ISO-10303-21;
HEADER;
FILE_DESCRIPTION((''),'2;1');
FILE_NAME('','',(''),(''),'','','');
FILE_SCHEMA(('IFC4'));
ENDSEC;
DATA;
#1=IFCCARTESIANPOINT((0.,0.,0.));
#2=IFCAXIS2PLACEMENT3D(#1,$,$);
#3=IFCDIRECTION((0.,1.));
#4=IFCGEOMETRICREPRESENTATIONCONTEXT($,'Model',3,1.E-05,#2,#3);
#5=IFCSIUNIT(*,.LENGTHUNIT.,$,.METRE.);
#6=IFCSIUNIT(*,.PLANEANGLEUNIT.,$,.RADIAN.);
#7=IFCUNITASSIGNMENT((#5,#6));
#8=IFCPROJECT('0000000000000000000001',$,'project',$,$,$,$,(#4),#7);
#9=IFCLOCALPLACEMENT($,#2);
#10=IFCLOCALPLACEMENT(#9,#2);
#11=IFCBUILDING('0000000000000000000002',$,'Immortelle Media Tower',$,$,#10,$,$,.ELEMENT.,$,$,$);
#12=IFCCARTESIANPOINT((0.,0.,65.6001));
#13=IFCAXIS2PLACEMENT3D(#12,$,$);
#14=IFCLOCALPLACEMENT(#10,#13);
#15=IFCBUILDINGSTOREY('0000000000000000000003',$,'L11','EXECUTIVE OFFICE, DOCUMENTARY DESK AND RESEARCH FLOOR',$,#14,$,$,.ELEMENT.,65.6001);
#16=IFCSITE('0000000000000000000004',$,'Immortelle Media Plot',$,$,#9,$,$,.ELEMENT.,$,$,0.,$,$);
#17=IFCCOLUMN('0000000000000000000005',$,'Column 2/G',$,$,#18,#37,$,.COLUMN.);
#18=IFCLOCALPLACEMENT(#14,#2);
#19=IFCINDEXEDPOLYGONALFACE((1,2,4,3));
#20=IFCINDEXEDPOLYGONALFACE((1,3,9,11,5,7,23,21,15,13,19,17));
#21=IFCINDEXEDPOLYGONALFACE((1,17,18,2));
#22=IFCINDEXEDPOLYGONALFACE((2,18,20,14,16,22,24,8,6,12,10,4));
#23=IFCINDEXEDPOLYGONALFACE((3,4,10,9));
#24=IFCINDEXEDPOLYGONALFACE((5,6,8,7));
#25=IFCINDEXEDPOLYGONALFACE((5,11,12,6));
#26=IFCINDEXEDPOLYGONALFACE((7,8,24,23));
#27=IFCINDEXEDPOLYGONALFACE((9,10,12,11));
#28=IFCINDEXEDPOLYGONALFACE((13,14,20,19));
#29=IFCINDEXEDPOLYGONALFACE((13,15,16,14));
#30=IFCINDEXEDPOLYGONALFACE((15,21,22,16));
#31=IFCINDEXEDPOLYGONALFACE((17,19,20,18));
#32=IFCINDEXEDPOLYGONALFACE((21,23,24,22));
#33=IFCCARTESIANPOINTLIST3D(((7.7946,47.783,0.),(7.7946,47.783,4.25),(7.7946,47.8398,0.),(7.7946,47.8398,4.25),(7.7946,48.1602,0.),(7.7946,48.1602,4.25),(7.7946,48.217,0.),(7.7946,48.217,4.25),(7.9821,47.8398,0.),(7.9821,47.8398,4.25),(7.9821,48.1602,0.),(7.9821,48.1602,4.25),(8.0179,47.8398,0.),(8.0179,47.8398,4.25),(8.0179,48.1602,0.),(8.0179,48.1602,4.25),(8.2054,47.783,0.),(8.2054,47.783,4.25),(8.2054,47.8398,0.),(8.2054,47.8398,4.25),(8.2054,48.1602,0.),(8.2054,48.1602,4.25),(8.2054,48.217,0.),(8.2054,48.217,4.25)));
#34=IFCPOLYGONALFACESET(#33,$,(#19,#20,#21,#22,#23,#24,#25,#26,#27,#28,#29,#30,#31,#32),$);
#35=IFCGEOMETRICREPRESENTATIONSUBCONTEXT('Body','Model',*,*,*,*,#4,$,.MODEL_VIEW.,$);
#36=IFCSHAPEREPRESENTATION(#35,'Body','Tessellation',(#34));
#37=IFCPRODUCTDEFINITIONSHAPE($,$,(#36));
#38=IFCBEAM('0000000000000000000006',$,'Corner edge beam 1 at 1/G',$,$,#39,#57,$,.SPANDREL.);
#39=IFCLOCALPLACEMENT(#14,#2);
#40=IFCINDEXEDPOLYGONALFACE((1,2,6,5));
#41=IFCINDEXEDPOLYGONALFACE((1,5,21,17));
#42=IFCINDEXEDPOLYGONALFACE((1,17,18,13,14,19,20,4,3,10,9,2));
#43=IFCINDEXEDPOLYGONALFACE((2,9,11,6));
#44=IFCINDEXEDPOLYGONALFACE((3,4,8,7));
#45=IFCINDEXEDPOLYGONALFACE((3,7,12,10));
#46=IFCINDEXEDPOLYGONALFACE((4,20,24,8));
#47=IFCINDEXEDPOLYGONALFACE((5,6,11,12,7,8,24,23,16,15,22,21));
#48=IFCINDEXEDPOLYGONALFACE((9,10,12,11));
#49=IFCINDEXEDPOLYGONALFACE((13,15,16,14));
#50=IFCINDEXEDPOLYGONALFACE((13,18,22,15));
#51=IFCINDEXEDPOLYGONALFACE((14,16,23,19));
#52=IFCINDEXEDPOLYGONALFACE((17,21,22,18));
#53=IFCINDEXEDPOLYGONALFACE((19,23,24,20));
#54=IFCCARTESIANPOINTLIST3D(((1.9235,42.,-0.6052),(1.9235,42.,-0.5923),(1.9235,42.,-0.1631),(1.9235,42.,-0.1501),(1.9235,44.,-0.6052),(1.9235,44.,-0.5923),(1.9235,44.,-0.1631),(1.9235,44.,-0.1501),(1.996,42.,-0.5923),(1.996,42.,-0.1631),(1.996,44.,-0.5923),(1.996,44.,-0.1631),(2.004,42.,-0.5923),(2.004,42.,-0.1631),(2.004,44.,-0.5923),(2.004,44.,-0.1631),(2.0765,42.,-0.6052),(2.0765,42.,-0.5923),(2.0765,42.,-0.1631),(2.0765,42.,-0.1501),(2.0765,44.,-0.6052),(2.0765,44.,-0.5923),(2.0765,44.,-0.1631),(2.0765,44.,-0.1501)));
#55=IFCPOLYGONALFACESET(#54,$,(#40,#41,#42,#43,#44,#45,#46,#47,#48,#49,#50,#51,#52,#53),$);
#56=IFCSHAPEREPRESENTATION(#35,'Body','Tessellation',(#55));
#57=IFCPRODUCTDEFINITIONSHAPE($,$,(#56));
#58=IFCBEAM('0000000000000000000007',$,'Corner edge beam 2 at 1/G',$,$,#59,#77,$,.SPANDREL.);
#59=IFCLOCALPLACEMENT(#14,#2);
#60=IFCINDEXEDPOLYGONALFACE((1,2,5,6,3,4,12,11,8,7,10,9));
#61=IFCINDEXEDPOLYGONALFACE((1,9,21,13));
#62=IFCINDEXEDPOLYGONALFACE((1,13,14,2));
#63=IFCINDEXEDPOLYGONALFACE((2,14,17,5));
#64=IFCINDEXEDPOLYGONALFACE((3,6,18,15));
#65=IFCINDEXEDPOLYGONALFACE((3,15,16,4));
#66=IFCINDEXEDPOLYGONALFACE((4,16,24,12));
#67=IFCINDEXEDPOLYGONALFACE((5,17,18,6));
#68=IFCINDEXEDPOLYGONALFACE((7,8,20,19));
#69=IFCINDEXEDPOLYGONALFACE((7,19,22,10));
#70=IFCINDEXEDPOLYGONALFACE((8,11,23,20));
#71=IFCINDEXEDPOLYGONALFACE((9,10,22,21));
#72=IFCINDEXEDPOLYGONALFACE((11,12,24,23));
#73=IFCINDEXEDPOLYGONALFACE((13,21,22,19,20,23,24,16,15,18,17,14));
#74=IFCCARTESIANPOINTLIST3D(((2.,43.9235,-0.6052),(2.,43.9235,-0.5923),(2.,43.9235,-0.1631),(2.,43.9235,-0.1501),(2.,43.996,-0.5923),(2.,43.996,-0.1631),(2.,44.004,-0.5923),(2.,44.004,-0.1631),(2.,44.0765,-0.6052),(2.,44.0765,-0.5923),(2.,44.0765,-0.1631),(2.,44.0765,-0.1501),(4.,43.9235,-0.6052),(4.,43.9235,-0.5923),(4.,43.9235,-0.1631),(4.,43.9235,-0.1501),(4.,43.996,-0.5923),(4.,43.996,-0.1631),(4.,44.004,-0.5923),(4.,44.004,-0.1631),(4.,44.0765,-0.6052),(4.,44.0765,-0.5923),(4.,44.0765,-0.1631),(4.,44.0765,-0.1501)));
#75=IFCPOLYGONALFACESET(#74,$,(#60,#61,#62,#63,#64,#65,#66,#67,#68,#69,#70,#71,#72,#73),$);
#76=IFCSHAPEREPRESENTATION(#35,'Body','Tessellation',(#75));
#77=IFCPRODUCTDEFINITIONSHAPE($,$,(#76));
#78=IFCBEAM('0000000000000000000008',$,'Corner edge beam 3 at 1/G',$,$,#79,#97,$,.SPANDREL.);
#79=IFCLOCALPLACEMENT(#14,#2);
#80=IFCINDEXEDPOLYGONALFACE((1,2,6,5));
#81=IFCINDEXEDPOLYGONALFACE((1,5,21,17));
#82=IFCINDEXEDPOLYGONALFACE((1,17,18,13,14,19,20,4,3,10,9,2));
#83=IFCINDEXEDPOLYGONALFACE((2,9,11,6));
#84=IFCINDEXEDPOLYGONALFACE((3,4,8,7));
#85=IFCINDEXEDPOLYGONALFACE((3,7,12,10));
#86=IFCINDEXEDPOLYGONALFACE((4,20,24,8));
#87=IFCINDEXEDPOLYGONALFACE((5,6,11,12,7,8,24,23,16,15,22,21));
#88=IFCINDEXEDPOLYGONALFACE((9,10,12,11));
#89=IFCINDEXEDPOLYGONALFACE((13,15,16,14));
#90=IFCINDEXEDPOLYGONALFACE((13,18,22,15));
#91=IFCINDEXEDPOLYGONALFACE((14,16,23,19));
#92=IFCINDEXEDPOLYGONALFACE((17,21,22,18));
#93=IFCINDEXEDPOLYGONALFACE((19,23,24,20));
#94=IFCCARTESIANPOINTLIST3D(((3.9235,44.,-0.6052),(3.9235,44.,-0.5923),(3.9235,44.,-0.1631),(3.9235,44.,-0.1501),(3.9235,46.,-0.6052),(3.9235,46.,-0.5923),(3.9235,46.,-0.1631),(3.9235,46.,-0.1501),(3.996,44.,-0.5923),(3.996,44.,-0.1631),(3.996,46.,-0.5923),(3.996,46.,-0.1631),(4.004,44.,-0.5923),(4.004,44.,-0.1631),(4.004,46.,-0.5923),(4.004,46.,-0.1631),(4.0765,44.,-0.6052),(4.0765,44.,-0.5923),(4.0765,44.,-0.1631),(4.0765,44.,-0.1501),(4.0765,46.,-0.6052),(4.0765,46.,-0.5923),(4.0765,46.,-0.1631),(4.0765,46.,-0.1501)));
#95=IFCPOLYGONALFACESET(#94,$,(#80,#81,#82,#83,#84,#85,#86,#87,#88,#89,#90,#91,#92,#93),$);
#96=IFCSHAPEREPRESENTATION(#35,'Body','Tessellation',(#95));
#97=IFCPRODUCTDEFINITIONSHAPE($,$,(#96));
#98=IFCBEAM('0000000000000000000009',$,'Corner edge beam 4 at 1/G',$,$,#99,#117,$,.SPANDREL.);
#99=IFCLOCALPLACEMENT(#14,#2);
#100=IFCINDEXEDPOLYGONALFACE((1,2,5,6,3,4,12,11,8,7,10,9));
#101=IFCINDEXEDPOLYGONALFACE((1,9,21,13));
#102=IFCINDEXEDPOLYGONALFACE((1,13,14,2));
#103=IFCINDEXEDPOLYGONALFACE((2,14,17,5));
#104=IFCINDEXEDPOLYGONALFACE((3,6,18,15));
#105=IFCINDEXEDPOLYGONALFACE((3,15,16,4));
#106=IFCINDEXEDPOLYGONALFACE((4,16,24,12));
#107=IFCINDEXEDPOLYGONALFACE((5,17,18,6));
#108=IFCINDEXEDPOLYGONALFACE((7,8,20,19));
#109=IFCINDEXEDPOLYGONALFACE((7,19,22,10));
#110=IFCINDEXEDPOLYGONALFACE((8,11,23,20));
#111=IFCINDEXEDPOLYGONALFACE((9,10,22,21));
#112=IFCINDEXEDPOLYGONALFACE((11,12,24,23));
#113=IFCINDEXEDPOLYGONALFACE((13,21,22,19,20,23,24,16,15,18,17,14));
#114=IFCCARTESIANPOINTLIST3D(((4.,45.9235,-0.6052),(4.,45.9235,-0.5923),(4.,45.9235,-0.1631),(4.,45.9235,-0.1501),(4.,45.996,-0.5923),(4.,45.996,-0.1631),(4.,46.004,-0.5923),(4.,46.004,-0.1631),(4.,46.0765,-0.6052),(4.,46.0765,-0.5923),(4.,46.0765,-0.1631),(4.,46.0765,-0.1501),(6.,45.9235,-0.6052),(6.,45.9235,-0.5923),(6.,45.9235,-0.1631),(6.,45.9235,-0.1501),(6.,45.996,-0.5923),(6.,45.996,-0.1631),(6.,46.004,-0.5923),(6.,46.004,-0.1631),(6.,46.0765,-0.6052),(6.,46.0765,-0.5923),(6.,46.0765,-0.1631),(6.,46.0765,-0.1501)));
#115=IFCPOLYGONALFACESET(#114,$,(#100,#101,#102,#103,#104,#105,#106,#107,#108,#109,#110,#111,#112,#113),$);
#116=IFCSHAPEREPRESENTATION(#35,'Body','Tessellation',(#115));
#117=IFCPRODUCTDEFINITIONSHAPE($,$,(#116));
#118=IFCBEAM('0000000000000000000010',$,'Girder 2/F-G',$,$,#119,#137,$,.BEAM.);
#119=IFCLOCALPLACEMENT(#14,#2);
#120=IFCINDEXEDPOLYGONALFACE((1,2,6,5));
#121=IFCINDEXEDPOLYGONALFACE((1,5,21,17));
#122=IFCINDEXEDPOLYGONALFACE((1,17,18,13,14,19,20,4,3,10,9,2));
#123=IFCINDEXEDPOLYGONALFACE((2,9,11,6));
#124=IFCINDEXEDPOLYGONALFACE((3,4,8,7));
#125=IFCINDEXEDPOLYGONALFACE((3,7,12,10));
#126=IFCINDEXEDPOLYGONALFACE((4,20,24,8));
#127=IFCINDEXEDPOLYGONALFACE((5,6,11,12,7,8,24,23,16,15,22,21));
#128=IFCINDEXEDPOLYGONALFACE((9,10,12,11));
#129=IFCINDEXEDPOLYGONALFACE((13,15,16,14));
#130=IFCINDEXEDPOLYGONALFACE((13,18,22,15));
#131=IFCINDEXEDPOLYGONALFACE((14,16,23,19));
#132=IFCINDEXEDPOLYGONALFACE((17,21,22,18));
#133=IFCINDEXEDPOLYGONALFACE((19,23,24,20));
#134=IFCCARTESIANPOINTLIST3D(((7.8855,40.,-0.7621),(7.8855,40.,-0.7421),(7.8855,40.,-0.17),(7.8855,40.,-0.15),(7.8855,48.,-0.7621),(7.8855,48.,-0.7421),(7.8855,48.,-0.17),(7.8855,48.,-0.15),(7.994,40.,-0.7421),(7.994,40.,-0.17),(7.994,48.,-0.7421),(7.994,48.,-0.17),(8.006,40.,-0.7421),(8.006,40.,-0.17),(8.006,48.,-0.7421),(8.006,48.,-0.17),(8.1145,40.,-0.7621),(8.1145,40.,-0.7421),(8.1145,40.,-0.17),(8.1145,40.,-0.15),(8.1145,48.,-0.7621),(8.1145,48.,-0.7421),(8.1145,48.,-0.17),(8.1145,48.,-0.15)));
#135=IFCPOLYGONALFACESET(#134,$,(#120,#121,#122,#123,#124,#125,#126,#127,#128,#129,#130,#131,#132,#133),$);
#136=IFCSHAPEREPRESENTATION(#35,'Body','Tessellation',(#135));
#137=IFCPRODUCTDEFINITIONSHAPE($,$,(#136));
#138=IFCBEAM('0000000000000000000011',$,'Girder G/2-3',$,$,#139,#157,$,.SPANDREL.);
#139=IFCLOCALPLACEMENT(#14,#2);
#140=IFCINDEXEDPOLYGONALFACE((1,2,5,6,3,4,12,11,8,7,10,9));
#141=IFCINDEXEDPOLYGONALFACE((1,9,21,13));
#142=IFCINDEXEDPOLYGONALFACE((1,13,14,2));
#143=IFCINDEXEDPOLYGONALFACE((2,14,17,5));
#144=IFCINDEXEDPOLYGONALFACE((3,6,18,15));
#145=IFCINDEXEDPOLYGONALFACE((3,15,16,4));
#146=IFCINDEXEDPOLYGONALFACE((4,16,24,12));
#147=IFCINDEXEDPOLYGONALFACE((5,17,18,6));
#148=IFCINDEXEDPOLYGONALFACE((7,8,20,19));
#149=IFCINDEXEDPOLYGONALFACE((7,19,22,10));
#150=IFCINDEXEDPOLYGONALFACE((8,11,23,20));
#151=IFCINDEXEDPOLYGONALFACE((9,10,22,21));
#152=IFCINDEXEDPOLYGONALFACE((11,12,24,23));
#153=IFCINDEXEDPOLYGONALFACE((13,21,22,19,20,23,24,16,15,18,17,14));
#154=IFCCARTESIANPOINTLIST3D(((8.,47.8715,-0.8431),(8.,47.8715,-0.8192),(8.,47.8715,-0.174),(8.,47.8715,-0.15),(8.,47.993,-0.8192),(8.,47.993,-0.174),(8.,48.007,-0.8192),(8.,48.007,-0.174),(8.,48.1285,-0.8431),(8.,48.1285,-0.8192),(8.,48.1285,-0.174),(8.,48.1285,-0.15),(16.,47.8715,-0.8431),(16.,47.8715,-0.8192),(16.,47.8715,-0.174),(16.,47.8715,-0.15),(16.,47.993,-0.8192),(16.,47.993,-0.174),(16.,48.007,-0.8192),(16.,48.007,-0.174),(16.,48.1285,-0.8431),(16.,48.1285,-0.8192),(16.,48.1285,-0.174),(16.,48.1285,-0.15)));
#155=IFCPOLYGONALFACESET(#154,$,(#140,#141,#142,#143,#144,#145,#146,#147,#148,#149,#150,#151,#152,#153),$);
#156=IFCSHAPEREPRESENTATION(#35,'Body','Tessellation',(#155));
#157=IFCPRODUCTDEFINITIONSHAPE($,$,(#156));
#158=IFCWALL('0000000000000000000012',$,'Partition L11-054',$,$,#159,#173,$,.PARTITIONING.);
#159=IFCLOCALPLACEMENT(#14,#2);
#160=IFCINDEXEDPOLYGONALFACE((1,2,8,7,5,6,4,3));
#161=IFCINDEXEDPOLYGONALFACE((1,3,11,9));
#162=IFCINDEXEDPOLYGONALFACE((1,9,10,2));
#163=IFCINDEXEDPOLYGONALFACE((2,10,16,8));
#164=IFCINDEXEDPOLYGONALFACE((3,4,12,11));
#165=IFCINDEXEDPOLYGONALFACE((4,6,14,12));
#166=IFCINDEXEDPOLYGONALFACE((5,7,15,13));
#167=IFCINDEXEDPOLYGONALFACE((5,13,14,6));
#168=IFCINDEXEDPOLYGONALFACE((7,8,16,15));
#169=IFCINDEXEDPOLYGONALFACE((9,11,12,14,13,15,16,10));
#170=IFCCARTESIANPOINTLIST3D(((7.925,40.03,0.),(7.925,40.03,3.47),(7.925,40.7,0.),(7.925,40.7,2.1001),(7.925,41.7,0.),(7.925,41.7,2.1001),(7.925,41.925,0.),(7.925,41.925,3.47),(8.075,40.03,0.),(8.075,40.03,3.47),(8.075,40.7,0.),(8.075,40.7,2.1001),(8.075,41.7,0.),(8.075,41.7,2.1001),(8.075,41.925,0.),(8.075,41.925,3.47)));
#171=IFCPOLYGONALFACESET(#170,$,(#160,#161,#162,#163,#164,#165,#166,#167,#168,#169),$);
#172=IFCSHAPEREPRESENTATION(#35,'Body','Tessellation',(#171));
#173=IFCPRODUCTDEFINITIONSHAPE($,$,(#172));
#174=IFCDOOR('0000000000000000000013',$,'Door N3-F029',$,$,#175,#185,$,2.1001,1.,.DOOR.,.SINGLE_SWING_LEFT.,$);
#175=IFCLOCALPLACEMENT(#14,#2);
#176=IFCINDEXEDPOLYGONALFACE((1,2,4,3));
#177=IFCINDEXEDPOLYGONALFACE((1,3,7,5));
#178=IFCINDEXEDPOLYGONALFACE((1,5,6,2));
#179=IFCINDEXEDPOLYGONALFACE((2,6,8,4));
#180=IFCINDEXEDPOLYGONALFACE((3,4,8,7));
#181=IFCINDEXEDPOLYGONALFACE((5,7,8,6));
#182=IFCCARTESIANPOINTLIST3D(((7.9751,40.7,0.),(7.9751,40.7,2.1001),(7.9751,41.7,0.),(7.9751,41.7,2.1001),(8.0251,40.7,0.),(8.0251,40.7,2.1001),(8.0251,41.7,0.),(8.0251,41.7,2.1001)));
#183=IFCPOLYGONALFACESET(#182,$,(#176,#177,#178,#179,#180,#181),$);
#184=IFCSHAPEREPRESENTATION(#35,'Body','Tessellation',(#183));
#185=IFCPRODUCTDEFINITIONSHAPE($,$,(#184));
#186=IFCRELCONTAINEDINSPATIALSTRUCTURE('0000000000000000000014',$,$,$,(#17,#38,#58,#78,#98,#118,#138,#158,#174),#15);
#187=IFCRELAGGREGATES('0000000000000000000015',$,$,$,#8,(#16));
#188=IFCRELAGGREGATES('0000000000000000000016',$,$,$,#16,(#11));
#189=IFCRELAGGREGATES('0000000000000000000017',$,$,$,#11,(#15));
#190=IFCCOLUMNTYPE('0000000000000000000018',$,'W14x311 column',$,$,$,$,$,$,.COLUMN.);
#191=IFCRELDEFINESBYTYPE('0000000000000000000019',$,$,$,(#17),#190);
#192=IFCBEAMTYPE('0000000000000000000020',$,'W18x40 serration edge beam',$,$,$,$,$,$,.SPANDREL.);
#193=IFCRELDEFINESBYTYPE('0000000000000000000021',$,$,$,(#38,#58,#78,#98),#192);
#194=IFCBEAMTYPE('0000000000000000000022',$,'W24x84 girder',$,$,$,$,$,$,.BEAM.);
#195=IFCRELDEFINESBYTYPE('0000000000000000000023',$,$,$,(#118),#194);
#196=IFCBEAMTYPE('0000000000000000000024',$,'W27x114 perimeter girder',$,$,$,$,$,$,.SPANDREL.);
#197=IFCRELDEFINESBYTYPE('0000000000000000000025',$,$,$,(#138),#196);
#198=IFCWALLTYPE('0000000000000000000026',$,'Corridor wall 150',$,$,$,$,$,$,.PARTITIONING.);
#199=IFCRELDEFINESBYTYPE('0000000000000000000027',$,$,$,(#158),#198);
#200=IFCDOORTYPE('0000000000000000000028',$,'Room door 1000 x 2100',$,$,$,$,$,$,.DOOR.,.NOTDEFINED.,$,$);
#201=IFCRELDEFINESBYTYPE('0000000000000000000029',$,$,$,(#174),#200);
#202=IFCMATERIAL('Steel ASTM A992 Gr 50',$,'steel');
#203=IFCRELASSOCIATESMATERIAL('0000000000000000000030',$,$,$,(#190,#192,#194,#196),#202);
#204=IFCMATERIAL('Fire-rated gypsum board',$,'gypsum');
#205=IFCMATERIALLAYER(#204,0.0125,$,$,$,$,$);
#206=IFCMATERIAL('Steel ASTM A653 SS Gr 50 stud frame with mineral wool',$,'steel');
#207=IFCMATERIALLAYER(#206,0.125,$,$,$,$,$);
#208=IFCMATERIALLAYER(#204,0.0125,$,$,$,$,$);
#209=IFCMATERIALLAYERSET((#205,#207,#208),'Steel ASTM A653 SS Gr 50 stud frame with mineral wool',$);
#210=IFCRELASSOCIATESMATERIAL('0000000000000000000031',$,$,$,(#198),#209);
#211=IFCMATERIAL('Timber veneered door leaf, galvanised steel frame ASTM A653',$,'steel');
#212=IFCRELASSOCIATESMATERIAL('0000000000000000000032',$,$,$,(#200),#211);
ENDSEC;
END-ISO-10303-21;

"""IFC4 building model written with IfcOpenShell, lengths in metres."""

from ifc_helpers import new_model, si_unit, direction, frame, frame_2d, origin, origin_2d, place, context, subcontext, project, spatial, rectangle, i_section, extrude, material, layer, layer_set, material_profile, profile_set, type_object, element, fill, save


model = new_model("IFC4")

# Units and contexts
model_context = context("Model", 3, precision=1e-05, world=origin(), true_north=direction((0.0, 1.0)))
body_context = subcontext(model_context, "Body", "Model", "MODEL_VIEW")
ifc_project = project(units=[si_unit("LENGTHUNIT", "METRE"), si_unit("PLANEANGLEUNIT", "RADIAN")], contexts=[model_context])

# Site, building, storey
site_placement = place(None, origin())
site = spatial("IfcSite", under=ifc_project, at=site_placement, Name="Immortelle Media Plot", CompositionType="ELEMENT", RefElevation=0.0)
building_placement = place(site_placement, origin())
building = spatial("IfcBuilding", under=site, at=building_placement, Name="Immortelle Media Tower", CompositionType="ELEMENT")
storey_placement = place(building_placement, frame((0.0, 0.0, 65.6001)))
storey = spatial("IfcBuildingStorey", under=building, at=storey_placement, Name="L11", Description="EXECUTIVE OFFICE, DOCUMENTARY DESK AND RESEARCH FLOOR", CompositionType="ELEMENT", Elevation=65.6001)

# Column
ifc_material_1 = material(Name="Steel ASTM A992 Gr 50", Category="steel")
ifc_material_profile_1 = material_profile(ifc_material_1, i_section(OverallWidth=0.4109, OverallDepth=0.4341, WebThickness=0.0359, FlangeThickness=0.0569, at=origin_2d()), Name="W14x311")
ifc_profile_set_1 = profile_set([ifc_material_profile_1], Name="Steel ASTM A992 Gr 50")
column_type = type_object("IfcColumnType", Name="W14x311 column", PredefinedType="COLUMN", material=ifc_profile_set_1)
column_placement = place(storey_placement, frame((8.0, 48.0, 0.0), z_axis=(0.0, 0.0, 1.0), x_axis=(1.0, 0.0, 0.0)))
element("IfcColumn", 1, at=column_placement, inside=storey, type_object=column_type, Name="Column 2/G", PredefinedType="COLUMN", context=body_context, shape_type="SweptSolid", body=[
    extrude(i_section(OverallWidth=0.4109, OverallDepth=0.4341, WebThickness=0.0359, FlangeThickness=0.0569, at=origin_2d()), origin(), (0.0, 0.0, 1.0), 4.25),
])

# Beams
ifc_material_profile_2 = material_profile(ifc_material_1, i_section(OverallWidth=0.1531, OverallDepth=0.4551, WebThickness=0.0081, FlangeThickness=0.0129, at=origin_2d()), Name="W18x40")
ifc_profile_set_2 = profile_set([ifc_material_profile_2], Name="Steel ASTM A992 Gr 50")
beam_type_1 = type_object("IfcBeamType", Name="W18x40 serration edge beam", PredefinedType="SPANDREL", material=ifc_profile_set_2)
for number, where, z_axis, x_axis, name in (
    (2, (2.0, 42.0, -0.3777), (0.0, 1.0, 0.0), (-1.0, 0.0, 0.0), "Corner edge beam 1 at 1/G"),
    (3, (2.0, 44.0, -0.3777), (1.0, 0.0, 0.0), (0.0, 1.0, 0.0), "Corner edge beam 2 at 1/G"),
    (4, (4.0, 44.0, -0.3777), (0.0, 1.0, 0.0), (-1.0, 0.0, 0.0), "Corner edge beam 3 at 1/G"),
    (5, (4.0, 46.0, -0.3777), (1.0, 0.0, 0.0), (0.0, 1.0, 0.0), "Corner edge beam 4 at 1/G"),
):
    element("IfcBeam", number, at=place(storey_placement, frame(where, z_axis=z_axis, x_axis=x_axis)), inside=storey, type_object=beam_type_1, Name=name, PredefinedType="SPANDREL", context=body_context, shape_type="SweptSolid", body=[
        extrude(i_section(OverallWidth=0.1531, OverallDepth=0.4551, WebThickness=0.0081, FlangeThickness=0.0129, at=origin_2d()), origin(), (0.0, 0.0, 1.0), 2.0),
    ])
ifc_material_profile_3 = material_profile(ifc_material_1, i_section(OverallWidth=0.229, OverallDepth=0.6121, WebThickness=0.012, FlangeThickness=0.02, at=origin_2d()), Name="W24x84")
ifc_profile_set_3 = profile_set([ifc_material_profile_3], Name="Steel ASTM A992 Gr 50")
beam_type_2 = type_object("IfcBeamType", Name="W24x84 girder", PredefinedType="BEAM", material=ifc_profile_set_3)
beam_1_placement = place(storey_placement, frame((8.0, 40.0, -0.4561), z_axis=(0.0, 1.0, 0.0), x_axis=(-1.0, 0.0, 0.0)))
element("IfcBeam", 6, at=beam_1_placement, inside=storey, type_object=beam_type_2, Name="Girder 2/F-G", PredefinedType="BEAM", context=body_context, shape_type="SweptSolid", body=[
    extrude(i_section(OverallWidth=0.229, OverallDepth=0.6121, WebThickness=0.012, FlangeThickness=0.02, at=origin_2d()), origin(), (0.0, 0.0, 1.0), 8.0),
])
ifc_material_profile_4 = material_profile(ifc_material_1, i_section(OverallWidth=0.2571, OverallDepth=0.6931, WebThickness=0.0139, FlangeThickness=0.0239, at=origin_2d()), Name="W27x114")
ifc_profile_set_4 = profile_set([ifc_material_profile_4], Name="Steel ASTM A992 Gr 50")
beam_type_3 = type_object("IfcBeamType", Name="W27x114 perimeter girder", PredefinedType="SPANDREL", material=ifc_profile_set_4)
beam_2_placement = place(storey_placement, frame((8.0, 48.0, -0.4966), z_axis=(1.0, 0.0, 0.0), x_axis=(0.0, 1.0, 0.0)))
element("IfcBeam", 7, at=beam_2_placement, inside=storey, type_object=beam_type_3, Name="Girder G/2-3", PredefinedType="SPANDREL", context=body_context, shape_type="SweptSolid", body=[
    extrude(i_section(OverallWidth=0.2571, OverallDepth=0.6931, WebThickness=0.0139, FlangeThickness=0.0239, at=origin_2d()), origin(), (0.0, 0.0, 1.0), 8.0),
])

# Wall, opening, door
ifc_material_2 = material(Name="Fire-rated gypsum board", Category="gypsum")
ifc_layer_1 = layer(ifc_material_2, 0.0125)
ifc_material_3 = material(Name="Steel ASTM A653 SS Gr 50 stud frame with mineral wool", Category="steel")
ifc_layer_2 = layer(ifc_material_3, 0.125)
ifc_layer_3 = layer(ifc_material_2, 0.0125)
ifc_layer_set_1 = layer_set([ifc_layer_1, ifc_layer_2, ifc_layer_3], Name="Steel ASTM A653 SS Gr 50 stud frame with mineral wool")
wall_type_1 = type_object("IfcWallType", Name="Corridor wall 150", PredefinedType="PARTITIONING", material=ifc_layer_set_1)
wall_1_placement = place(storey_placement, frame((8.0, 40.03, 0.0), z_axis=(0.0, 0.0, 1.0), x_axis=(0.0, 1.0, 0.0)))
wall_1 = element("IfcWall", 8, at=wall_1_placement, inside=storey, type_object=wall_type_1, Name="Partition L11-054", PredefinedType="PARTITIONING", context=body_context, shape_type="SweptSolid", body=[
    extrude(rectangle(XDim=1.895, YDim=0.1499, at=frame_2d((0.9475, 0.0))), origin(), (0.0, 0.0, 1.0), 3.47),
])
opening_placement = place(wall_1_placement, frame((0.6699, 0.0, 0.0)))
opening = element("IfcOpeningElement", 9, at=opening_placement, cuts=wall_1, PredefinedType="OPENING", context=body_context, shape_type="SweptSolid", body=[
    extrude(rectangle(XDim=1.0, YDim=2.1001, at=frame_2d((0.5, 1.05))), frame((0.0, 0.085, 0.0), z_axis=(0.0, -1.0, 0.0), x_axis=(1.0, 0.0, 0.0)), (0.0, 0.0, 1.0), 0.1699),
])
ifc_material_4 = material(Name="Timber veneered door leaf, galvanised steel frame ASTM A653", Category="steel")
door_type = type_object("IfcDoorType", Name="Room door 1000 x 2100", OperationType="NOTDEFINED", PredefinedType="DOOR", material=ifc_material_4)
door_placement = place(opening_placement, origin())
door = element("IfcDoor", 10, at=door_placement, inside=storey, type_object=door_type, Name="Door N3-F029", OperationType="SINGLE_SWING_LEFT", OverallHeight=2.1001, OverallWidth=1.0, PredefinedType="DOOR", context=body_context, shape_type="SweptSolid", body=[
    extrude(rectangle(XDim=1.0, YDim=2.1001, at=frame_2d((0.5, 1.05))), frame((0.0, 0.0249, 0.0), z_axis=(0.0, -1.0, 0.0), x_axis=(1.0, 0.0, 0.0)), (0.0, 0.0, 1.0), 0.05),
])
fill(opening, door)

save(model, "model.ifc")
